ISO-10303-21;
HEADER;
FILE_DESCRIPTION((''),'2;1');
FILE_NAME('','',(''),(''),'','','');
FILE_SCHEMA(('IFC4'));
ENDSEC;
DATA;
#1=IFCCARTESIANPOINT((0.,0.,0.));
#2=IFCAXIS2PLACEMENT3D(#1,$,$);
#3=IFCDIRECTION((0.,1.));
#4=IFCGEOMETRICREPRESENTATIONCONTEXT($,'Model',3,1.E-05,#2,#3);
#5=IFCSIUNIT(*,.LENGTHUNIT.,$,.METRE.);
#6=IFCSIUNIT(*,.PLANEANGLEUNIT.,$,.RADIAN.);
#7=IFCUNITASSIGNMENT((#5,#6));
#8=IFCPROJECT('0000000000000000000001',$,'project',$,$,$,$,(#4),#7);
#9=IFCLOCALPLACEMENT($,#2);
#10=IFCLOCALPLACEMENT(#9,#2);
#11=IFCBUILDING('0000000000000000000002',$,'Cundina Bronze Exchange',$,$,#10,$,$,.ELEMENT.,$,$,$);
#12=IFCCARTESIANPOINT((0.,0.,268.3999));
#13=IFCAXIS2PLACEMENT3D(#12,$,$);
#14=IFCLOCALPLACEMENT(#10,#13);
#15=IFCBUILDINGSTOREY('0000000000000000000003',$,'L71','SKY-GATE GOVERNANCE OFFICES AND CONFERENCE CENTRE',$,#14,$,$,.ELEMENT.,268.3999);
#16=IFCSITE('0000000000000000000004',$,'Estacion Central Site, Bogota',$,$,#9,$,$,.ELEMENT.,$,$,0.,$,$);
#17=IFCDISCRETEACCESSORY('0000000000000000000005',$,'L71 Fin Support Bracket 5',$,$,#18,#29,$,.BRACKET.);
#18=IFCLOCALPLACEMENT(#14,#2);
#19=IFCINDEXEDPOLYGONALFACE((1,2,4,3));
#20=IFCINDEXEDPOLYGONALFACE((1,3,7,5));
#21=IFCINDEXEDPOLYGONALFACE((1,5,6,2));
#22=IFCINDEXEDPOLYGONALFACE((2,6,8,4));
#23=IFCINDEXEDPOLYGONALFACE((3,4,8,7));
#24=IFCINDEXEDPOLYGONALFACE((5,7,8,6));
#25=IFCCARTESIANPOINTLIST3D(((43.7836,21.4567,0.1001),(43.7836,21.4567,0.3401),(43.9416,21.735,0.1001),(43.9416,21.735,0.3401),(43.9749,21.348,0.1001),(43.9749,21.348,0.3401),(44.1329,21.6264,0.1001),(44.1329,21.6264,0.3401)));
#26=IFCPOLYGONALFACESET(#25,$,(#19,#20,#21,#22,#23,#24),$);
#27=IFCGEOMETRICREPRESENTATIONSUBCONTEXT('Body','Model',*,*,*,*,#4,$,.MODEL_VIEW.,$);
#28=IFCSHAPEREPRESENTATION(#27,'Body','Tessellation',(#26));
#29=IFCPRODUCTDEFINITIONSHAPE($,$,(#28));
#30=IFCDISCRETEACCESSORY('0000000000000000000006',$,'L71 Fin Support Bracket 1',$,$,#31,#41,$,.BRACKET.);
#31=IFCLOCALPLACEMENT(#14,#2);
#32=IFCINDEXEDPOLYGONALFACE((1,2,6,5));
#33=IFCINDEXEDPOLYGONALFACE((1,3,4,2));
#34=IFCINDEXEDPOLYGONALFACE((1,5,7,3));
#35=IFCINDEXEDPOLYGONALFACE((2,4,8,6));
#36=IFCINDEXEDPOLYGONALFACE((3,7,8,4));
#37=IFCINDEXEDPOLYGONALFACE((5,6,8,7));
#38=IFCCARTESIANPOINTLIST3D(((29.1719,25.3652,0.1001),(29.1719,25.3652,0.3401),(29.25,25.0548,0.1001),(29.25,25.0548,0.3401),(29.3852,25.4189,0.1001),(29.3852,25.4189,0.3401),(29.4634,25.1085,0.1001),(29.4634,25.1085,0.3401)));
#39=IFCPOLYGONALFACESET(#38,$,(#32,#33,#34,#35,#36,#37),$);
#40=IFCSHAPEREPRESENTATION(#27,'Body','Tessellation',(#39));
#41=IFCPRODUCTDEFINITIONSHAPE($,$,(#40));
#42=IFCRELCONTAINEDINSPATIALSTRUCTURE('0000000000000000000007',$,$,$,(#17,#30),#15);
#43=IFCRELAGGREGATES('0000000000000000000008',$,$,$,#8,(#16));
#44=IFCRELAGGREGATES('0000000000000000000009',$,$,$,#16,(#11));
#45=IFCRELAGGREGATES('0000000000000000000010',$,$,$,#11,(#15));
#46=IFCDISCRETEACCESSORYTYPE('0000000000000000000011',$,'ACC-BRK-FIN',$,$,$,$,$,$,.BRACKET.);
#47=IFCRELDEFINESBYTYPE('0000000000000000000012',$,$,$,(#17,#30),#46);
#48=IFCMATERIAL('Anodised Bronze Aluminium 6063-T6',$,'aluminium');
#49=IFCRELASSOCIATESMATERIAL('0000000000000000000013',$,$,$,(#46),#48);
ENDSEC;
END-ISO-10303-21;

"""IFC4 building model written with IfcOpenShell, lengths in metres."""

from ifc_helpers import new_model, si_unit, direction, frame, origin, origin_2d, place, context, subcontext, project, spatial, rectangle, extrude, material, type_object, element, save


model = new_model("IFC4")

# Units and contexts
model_context = context("Model", 3, precision=1e-05, world=origin(), true_north=direction((0.0, 1.0)))
body_context = subcontext(model_context, "Body", "Model", "MODEL_VIEW")
ifc_project = project(units=[si_unit("LENGTHUNIT", "METRE"), si_unit("PLANEANGLEUNIT", "RADIAN")], contexts=[model_context])

# Site, building, storey
site_placement = place(None, origin())
site = spatial("IfcSite", under=ifc_project, at=site_placement, Name="Estacion Central Site, Bogota", CompositionType="ELEMENT", RefElevation=0.0)
building_placement = place(site_placement, origin())
building = spatial("IfcBuilding", under=site, at=building_placement, Name="Cundina Bronze Exchange", CompositionType="ELEMENT")
storey_placement = place(building_placement, frame((0.0, 0.0, 268.3999)))
storey = spatial("IfcBuildingStorey", under=building, at=storey_placement, Name="L71", Description="SKY-GATE GOVERNANCE OFFICES AND CONFERENCE CENTRE", CompositionType="ELEMENT", Elevation=268.3999)

# Shared definitions
ifc_material_1 = material(Name="Anodised Bronze Aluminium 6063-T6", Category="aluminium")

# Discrete accessories
discrete_accessory_type = type_object("IfcDiscreteAccessoryType", Name="ACC-BRK-FIN", PredefinedType="BRACKET", material=ifc_material_1)
for number, where, z_axis, x_axis, name in (
    (1, (43.9583, 21.5415, 0.1001), (0.0, 0.0, 1.0), (-0.869573, 0.493805, 0.0), "L71 Fin Support Bracket 5"),
    (2, (29.3176, 25.2368, 0.1001), (0.0, 0.0, 1.0), (-0.969732, -0.244174, 0.0), "L71 Fin Support Bracket 1"),
):
    element("IfcDiscreteAccessory", number, at=place(storey_placement, frame(where, z_axis=z_axis, x_axis=x_axis)), inside=storey, type_object=discrete_accessory_type, Name=name, PredefinedType="BRACKET", context=body_context, shape_type="SweptSolid", body=[
        extrude(rectangle(XDim=0.22, YDim=0.3201, at=origin_2d()), origin(), (0.0, 0.0, 1.0), 0.24),
    ])

save(model, "model.ifc")
